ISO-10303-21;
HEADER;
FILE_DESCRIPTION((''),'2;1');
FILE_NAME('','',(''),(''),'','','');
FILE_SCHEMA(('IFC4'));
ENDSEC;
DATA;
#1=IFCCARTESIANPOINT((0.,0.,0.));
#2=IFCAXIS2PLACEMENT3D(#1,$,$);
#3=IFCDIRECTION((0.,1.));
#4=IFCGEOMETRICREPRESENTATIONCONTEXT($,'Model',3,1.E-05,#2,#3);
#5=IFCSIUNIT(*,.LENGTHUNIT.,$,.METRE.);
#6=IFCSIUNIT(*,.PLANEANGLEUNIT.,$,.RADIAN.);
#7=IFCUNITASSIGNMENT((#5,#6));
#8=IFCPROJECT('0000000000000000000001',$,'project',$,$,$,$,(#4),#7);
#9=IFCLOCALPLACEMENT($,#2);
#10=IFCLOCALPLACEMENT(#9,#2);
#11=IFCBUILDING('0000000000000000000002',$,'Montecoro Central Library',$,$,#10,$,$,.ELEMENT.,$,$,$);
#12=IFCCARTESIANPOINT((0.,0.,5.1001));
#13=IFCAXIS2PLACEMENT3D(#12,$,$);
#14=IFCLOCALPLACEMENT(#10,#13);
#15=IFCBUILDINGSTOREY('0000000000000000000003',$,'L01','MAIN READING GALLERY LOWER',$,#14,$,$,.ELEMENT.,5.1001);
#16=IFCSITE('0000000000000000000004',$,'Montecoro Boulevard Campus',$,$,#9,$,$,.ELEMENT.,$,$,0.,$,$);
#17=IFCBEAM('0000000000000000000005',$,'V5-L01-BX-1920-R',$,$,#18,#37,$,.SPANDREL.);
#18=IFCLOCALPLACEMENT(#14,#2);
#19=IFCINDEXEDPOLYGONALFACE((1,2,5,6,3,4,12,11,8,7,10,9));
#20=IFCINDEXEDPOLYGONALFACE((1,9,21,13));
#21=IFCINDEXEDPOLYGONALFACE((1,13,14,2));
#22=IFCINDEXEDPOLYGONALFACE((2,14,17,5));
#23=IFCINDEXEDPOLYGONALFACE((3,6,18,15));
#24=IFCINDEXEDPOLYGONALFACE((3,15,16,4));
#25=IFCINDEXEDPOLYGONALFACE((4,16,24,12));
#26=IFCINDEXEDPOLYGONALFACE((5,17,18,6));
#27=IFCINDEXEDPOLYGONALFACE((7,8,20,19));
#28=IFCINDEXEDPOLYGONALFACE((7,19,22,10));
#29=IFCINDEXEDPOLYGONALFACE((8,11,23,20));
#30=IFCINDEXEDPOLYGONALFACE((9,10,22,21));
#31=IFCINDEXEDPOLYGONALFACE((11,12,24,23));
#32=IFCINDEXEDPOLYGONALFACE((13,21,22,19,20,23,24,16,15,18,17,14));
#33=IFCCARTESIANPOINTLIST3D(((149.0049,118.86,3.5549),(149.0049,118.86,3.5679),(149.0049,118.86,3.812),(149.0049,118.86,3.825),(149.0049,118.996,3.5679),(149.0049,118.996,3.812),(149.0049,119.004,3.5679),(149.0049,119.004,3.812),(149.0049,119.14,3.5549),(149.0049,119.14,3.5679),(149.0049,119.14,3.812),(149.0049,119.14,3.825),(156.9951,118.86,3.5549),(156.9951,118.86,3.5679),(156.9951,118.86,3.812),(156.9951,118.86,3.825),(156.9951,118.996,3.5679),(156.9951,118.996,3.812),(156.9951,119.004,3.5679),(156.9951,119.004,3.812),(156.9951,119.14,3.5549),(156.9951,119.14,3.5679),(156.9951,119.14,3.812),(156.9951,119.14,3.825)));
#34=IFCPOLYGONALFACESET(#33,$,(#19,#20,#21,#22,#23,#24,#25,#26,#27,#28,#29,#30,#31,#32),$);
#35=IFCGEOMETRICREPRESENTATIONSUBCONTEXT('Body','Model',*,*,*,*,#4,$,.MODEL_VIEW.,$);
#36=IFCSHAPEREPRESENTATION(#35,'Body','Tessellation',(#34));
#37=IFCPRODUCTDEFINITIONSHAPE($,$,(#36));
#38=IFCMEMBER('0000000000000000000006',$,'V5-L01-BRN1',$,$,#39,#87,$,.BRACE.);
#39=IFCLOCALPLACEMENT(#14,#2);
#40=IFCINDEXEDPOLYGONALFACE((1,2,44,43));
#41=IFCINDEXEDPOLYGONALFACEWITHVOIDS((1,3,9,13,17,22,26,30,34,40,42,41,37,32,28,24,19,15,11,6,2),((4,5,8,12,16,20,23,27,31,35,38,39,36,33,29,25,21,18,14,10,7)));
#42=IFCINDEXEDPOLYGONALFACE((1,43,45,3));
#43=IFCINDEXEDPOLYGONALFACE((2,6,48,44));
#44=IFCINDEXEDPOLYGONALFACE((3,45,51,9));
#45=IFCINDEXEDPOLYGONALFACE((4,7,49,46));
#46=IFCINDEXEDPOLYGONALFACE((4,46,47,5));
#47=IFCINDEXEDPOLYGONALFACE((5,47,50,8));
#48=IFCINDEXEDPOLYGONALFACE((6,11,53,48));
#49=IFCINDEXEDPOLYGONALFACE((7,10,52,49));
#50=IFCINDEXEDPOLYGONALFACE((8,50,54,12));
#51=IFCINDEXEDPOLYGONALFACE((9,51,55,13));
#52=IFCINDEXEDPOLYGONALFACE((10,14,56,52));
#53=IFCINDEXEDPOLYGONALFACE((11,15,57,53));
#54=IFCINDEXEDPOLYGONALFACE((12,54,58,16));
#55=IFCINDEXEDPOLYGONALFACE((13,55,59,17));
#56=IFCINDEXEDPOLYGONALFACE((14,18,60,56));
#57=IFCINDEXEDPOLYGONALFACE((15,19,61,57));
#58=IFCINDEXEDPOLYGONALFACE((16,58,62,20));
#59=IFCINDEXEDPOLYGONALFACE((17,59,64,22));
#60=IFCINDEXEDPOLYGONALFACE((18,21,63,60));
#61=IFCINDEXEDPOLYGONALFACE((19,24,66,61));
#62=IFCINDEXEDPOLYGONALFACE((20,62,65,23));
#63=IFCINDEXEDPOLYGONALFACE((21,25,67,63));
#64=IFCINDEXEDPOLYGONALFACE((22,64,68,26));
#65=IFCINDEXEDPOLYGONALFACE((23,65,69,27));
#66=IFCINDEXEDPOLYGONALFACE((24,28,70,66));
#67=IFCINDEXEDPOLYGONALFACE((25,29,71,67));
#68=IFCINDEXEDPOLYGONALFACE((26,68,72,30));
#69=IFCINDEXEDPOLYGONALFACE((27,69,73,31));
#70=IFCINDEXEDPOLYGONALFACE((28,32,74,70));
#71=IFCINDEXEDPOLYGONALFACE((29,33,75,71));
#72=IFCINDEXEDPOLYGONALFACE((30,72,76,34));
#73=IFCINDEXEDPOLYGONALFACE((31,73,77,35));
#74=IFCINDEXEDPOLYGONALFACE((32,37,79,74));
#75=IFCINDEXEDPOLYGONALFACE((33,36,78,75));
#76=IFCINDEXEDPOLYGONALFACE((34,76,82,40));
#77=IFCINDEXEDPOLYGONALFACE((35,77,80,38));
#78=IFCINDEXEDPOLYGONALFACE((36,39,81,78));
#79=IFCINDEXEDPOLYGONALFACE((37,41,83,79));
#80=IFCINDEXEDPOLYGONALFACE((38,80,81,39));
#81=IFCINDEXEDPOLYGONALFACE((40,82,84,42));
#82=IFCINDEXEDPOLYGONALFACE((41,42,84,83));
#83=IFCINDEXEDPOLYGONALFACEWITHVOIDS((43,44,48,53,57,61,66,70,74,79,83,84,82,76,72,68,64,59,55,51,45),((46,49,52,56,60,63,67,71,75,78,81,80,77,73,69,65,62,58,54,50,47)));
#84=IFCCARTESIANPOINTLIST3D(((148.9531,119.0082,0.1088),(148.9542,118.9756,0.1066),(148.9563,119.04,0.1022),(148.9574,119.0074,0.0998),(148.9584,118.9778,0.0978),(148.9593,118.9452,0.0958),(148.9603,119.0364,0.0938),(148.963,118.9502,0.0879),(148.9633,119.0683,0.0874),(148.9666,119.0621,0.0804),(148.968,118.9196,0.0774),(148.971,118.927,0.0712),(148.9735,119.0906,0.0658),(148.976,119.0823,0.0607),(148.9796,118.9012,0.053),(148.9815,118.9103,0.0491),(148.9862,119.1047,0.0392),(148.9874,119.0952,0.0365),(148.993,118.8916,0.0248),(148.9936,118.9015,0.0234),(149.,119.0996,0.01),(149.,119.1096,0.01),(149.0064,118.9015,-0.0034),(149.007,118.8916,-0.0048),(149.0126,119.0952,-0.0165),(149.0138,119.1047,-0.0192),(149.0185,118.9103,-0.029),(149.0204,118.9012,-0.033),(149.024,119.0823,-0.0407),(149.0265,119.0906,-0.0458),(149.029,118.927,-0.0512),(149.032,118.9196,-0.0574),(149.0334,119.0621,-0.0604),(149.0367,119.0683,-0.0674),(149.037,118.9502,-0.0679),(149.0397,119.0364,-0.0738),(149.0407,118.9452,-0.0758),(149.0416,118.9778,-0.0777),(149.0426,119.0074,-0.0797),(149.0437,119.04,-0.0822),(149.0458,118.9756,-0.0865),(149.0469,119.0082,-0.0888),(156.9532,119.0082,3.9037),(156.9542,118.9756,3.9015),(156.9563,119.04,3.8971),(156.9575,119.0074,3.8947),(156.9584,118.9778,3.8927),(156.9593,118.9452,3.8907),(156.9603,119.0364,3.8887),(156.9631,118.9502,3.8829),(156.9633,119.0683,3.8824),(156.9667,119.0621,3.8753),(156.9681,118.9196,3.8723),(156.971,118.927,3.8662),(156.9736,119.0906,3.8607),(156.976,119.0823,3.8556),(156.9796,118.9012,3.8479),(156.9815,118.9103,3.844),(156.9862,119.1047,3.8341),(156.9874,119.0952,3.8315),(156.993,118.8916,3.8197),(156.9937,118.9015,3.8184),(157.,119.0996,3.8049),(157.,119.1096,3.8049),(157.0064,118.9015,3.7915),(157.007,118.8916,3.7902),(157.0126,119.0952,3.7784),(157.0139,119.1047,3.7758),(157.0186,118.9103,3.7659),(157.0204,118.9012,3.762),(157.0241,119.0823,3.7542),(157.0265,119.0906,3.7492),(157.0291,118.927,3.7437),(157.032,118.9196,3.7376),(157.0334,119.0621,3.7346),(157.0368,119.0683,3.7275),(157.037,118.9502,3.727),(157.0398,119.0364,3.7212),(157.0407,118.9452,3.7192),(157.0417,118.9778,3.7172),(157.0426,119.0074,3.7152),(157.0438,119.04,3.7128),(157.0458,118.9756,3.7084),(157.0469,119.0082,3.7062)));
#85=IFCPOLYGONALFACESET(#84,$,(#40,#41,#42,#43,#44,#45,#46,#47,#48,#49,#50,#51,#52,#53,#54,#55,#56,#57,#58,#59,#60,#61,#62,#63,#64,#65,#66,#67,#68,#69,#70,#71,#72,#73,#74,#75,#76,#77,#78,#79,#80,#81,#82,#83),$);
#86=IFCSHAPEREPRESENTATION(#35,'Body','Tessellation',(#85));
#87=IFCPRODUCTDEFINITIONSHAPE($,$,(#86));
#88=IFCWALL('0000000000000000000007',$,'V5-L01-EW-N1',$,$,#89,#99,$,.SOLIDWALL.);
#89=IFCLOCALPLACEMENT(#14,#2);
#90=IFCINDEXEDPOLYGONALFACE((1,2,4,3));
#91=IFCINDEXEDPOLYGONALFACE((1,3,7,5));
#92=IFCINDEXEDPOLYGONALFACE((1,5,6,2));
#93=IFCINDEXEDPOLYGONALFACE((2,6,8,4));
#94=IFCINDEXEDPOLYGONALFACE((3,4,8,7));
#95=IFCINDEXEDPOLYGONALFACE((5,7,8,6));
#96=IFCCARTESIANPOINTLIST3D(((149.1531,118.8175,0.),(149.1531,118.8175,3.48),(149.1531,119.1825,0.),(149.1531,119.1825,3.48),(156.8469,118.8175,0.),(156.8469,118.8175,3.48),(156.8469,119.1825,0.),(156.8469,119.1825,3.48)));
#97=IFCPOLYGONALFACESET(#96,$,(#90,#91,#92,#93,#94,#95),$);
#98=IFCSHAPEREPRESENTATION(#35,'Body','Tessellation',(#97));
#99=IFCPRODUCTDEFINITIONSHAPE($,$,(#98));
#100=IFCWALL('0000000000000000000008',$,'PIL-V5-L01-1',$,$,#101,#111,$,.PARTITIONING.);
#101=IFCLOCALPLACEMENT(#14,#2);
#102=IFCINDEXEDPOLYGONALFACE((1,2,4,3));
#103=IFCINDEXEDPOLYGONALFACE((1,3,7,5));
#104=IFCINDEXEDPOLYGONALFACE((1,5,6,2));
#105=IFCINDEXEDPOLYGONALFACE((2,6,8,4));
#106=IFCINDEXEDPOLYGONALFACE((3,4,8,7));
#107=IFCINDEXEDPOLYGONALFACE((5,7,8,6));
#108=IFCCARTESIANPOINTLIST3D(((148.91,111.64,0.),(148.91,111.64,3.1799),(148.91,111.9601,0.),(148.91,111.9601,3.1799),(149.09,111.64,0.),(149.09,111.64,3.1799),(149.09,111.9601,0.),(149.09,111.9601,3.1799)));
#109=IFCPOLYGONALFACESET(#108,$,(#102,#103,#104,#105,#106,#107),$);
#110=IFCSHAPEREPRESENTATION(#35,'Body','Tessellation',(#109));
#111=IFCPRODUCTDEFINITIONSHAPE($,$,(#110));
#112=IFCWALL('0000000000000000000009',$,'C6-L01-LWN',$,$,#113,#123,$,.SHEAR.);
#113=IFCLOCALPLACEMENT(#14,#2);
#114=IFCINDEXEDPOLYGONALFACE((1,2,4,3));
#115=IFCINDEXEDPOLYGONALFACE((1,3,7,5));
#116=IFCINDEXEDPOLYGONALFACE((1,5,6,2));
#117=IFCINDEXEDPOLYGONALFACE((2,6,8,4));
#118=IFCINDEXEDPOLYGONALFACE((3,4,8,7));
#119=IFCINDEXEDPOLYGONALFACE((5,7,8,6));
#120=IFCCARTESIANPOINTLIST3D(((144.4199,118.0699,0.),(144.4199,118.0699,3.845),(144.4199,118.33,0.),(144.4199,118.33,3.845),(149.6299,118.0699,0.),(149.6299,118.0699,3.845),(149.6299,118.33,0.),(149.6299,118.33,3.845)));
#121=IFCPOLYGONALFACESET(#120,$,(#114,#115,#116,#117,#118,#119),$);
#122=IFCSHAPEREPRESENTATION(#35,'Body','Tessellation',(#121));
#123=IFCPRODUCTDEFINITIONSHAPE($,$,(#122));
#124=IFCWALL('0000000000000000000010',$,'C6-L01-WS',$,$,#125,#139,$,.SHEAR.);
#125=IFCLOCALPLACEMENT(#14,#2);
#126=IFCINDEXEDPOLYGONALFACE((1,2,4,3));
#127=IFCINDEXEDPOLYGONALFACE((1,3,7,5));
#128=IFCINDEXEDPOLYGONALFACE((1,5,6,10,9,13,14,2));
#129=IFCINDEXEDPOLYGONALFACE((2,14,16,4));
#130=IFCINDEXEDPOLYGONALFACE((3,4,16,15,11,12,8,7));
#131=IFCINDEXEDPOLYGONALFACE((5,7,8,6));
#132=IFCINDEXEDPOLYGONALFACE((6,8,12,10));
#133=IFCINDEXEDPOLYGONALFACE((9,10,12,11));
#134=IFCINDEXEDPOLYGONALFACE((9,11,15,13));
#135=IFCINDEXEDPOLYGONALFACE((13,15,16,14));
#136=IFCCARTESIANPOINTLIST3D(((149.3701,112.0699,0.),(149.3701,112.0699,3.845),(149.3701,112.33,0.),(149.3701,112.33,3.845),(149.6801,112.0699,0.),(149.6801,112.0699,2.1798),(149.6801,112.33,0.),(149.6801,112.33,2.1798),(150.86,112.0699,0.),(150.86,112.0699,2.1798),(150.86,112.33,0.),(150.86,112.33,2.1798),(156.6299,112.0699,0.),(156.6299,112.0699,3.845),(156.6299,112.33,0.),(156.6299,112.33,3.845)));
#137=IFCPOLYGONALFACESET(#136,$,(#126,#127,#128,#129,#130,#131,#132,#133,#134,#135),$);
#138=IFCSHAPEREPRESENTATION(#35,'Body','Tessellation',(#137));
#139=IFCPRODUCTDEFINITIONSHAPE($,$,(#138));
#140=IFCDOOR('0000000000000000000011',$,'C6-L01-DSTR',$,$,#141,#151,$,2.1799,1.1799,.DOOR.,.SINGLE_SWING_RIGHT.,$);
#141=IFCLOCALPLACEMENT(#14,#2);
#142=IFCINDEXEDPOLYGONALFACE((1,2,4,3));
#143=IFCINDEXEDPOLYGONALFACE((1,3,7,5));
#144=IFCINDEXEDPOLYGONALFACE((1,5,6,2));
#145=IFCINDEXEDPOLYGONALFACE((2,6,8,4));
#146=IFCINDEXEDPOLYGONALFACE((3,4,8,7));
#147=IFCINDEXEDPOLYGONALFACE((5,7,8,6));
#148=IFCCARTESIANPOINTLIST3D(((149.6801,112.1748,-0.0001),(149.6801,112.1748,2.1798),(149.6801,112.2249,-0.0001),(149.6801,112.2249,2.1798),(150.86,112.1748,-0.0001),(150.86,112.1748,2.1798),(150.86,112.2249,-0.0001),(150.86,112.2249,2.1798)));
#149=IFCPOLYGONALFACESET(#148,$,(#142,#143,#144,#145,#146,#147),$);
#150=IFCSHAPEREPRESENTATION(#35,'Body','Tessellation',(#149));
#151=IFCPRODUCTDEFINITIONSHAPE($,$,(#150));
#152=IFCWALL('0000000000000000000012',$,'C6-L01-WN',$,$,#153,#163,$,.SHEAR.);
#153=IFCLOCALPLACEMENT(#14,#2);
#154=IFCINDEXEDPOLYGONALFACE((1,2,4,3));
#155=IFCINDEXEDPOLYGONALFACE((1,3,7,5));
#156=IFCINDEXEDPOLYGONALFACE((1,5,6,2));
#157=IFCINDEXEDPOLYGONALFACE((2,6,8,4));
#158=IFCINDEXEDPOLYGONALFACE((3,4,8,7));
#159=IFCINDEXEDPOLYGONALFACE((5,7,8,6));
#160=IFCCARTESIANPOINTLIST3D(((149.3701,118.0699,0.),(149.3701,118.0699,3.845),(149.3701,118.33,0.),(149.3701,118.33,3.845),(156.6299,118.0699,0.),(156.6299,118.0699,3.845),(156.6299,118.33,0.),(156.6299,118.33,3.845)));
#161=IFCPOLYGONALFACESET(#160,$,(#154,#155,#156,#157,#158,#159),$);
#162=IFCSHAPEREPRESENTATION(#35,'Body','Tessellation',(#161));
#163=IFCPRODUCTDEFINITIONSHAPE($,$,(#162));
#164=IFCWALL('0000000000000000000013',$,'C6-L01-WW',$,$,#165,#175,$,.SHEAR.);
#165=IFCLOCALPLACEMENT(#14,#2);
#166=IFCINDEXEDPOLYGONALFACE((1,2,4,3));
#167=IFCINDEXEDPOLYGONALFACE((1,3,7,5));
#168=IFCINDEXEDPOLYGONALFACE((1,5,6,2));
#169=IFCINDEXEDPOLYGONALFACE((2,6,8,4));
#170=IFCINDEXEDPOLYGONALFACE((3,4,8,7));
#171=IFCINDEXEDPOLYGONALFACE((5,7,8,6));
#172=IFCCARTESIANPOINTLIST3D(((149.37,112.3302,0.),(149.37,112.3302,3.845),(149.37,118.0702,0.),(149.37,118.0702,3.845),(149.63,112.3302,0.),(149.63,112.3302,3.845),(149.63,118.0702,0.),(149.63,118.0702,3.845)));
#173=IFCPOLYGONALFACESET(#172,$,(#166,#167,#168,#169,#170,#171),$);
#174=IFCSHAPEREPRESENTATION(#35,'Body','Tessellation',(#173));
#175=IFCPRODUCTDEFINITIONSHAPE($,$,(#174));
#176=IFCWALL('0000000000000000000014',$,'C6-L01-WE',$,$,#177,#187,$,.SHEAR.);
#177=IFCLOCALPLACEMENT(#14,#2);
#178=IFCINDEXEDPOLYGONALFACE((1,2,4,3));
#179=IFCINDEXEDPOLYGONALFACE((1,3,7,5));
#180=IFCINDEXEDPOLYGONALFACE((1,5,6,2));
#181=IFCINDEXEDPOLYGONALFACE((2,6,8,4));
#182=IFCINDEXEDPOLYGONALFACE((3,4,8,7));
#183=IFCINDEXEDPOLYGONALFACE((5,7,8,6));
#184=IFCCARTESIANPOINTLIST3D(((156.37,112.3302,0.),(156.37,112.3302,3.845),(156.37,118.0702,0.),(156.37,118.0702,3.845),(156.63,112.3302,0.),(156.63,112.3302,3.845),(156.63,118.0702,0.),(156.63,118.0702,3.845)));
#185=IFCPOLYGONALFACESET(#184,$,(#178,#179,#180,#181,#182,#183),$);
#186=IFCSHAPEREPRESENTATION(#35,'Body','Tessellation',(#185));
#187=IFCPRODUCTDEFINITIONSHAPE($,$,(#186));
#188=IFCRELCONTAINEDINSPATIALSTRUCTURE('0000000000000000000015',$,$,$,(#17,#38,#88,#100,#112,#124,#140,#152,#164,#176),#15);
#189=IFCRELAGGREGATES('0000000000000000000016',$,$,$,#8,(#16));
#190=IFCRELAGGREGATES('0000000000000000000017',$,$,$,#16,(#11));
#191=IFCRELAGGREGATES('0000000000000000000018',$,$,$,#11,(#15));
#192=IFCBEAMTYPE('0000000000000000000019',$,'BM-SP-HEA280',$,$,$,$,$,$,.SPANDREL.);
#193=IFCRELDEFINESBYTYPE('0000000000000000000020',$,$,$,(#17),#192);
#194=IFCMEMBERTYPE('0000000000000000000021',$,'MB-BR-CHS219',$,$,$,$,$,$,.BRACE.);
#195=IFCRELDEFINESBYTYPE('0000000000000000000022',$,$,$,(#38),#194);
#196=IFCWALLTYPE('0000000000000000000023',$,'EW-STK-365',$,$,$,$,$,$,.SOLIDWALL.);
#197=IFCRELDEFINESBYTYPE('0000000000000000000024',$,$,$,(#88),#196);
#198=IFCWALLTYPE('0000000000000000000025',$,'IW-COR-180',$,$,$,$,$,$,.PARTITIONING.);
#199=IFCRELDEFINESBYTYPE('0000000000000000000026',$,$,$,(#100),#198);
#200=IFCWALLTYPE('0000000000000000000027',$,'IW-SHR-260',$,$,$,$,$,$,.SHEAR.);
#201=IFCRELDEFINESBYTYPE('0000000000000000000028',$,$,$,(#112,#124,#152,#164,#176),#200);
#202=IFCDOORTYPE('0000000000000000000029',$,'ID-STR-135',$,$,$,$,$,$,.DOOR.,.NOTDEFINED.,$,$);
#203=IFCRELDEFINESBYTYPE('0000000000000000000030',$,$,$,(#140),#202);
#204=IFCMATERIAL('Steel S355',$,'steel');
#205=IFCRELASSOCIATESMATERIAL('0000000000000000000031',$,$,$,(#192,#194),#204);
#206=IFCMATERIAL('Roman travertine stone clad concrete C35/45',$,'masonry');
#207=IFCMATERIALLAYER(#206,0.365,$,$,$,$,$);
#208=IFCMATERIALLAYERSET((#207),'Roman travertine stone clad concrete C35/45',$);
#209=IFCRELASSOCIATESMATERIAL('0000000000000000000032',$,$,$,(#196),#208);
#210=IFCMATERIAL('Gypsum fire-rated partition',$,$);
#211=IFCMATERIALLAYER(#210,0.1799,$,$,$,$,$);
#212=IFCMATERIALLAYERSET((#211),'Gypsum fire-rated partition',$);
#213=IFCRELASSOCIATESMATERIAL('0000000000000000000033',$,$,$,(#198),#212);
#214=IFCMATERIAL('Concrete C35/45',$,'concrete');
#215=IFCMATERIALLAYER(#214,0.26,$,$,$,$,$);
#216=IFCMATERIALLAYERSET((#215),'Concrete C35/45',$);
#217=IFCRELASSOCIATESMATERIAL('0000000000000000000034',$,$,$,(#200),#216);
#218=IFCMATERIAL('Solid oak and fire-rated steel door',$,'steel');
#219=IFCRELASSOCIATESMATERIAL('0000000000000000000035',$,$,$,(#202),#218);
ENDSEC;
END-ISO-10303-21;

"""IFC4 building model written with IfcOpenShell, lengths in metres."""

from ifc_helpers import new_model, si_unit, direction, frame, frame_2d, origin, origin_2d, place, context, subcontext, project, spatial, rectangle, hollow_circle, i_section, extrude, material, layer, layer_set, material_profile, profile_set, type_object, element, fill, save


model = new_model("IFC4")

# Units and contexts
model_context = context("Model", 3, precision=1e-05, world=origin(), true_north=direction((0.0, 1.0)))
body_context = subcontext(model_context, "Body", "Model", "MODEL_VIEW")
ifc_project = project(units=[si_unit("LENGTHUNIT", "METRE"), si_unit("PLANEANGLEUNIT", "RADIAN")], contexts=[model_context])

# Site, building, storey
site_placement = place(None, origin())
site = spatial("IfcSite", under=ifc_project, at=site_placement, Name="Montecoro Boulevard Campus", CompositionType="ELEMENT", RefElevation=0.0)
building_placement = place(site_placement, origin())
building = spatial("IfcBuilding", under=site, at=building_placement, Name="Montecoro Central Library", CompositionType="ELEMENT")
storey_placement = place(building_placement, frame((0.0, 0.0, 5.1001)))
storey = spatial("IfcBuildingStorey", under=building, at=storey_placement, Name="L01", Description="MAIN READING GALLERY LOWER", CompositionType="ELEMENT", Elevation=5.1001)

# Shared definitions
ifc_material_1 = material(Name="Steel S355", Category="steel")

# Beam
ifc_material_2 = material(Name="Concrete C35/45", Category="concrete")
ifc_material_profile_1 = material_profile(ifc_material_1, i_section(OverallWidth=0.28, OverallDepth=0.27, WebThickness=0.0081, FlangeThickness=0.0129, at=origin_2d()), Name="HEA 280")
ifc_profile_set_1 = profile_set([ifc_material_profile_1], Name="Steel S355")
beam_type_1 = type_object("IfcBeamType", Name="BM-SP-HEA280", PredefinedType="SPANDREL", material=ifc_profile_set_1)
beam_1_placement = place(storey_placement, frame((149.0049, 119.0, 3.6899), z_axis=(1.0, 0.0, 0.0), x_axis=(0.0, 1.0, 0.0)))
element("IfcBeam", 1, at=beam_1_placement, inside=storey, type_object=beam_type_1, Name="V5-L01-BX-1920-R", PredefinedType="SPANDREL", context=body_context, shape_type="SweptSolid", body=[
    extrude(i_section(OverallWidth=0.28, OverallDepth=0.27, WebThickness=0.0081, FlangeThickness=0.0129, at=origin_2d()), origin(), (0.0, 0.0, 1.0), 7.9902),
])

# Member
ifc_material_profile_2 = material_profile(ifc_material_1, hollow_circle(Radius=0.1096, WallThickness=0.01, at=origin_2d()), Name="CHS 219.1x10.0")
ifc_profile_set_2 = profile_set([ifc_material_profile_2], Name="Steel S355")
member_type = type_object("IfcMemberType", Name="MB-BR-CHS219", PredefinedType="BRACE", material=ifc_profile_set_2)
member_placement = place(storey_placement, frame((149.0, 119.0, 0.01), z_axis=(0.9035, 0.0, 0.428589), x_axis=(0.0, 1.0, 0.0)))
element("IfcMember", 2, at=member_placement, inside=storey, type_object=member_type, Name="V5-L01-BRN1", PredefinedType="BRACE", context=body_context, shape_type="SweptSolid", body=[
    extrude(hollow_circle(Radius=0.1096, WallThickness=0.01, at=origin_2d()), origin(), (0.0, 0.0, 1.0), 8.8545),
])

# Walls
ifc_material_3 = material(Name="Roman travertine stone clad concrete C35/45", Category="masonry")
ifc_layer_1 = layer(ifc_material_3, 0.365)
ifc_layer_set_1 = layer_set([ifc_layer_1], Name="Roman travertine stone clad concrete C35/45")
wall_type_1 = type_object("IfcWallType", Name="EW-STK-365", PredefinedType="SOLIDWALL", material=ifc_layer_set_1)
wall_1_placement = place(storey_placement, frame((156.8469, 119.0, 0.0), z_axis=(0.0, 0.0, 1.0), x_axis=(-1.0, 0.0, 0.0)))
element("IfcWall", 3, at=wall_1_placement, inside=storey, type_object=wall_type_1, Name="V5-L01-EW-N1", PredefinedType="SOLIDWALL", context=body_context, shape_type="SweptSolid", body=[
    extrude(rectangle(XDim=7.6938, YDim=0.365, at=frame_2d((3.8469, 0.0))), origin(), (0.0, 0.0, 1.0), 3.48),
])
ifc_material_4 = material(Name="Gypsum fire-rated partition")
ifc_layer_2 = layer(ifc_material_4, 0.1799)
ifc_layer_set_2 = layer_set([ifc_layer_2], Name="Gypsum fire-rated partition")
wall_type_2 = type_object("IfcWallType", Name="IW-COR-180", PredefinedType="PARTITIONING", material=ifc_layer_set_2)
wall_2_placement = place(storey_placement, frame((149.0, 111.6399, 0.0), z_axis=(0.0, 0.0, 1.0), x_axis=(0.0, 1.0, 0.0)))
element("IfcWall", 4, at=wall_2_placement, inside=storey, type_object=wall_type_2, Name="PIL-V5-L01-1", PredefinedType="PARTITIONING", context=body_context, shape_type="SweptSolid", body=[
    extrude(rectangle(XDim=0.3201, YDim=0.1799, at=frame_2d((0.1602, 0.0))), origin(), (0.0, 0.0, 1.0), 3.1799),
])
ifc_layer_3 = layer(ifc_material_2, 0.26)
ifc_layer_set_3 = layer_set([ifc_layer_3], Name="Concrete C35/45")
wall_type_3 = type_object("IfcWallType", Name="IW-SHR-260", PredefinedType="SHEAR", material=ifc_layer_set_3)
wall_3_placement = place(storey_placement, frame((149.6299, 118.2, 0.0), z_axis=(0.0, 0.0, 1.0), x_axis=(-1.0, 0.0, 0.0)))
element("IfcWall", 5, at=wall_3_placement, inside=storey, type_object=wall_type_3, Name="C6-L01-LWN", PredefinedType="SHEAR", context=body_context, shape_type="SweptSolid", body=[
    extrude(rectangle(XDim=5.21, YDim=0.26, at=frame_2d((2.605, 0.0))), origin(), (0.0, 0.0, 1.0), 3.845),
])

# Wall, opening, door
wall_4_placement = place(storey_placement, frame((149.3701, 112.2, 0.0), z_axis=(0.0, 0.0, 1.0), x_axis=(1.0, 0.0, 0.0)))
wall_4 = element("IfcWall", 6, at=wall_4_placement, inside=storey, type_object=wall_type_3, Name="C6-L01-WS", PredefinedType="SHEAR", context=body_context, shape_type="SweptSolid", body=[
    extrude(rectangle(XDim=7.2598, YDim=0.26, at=frame_2d((3.6299, 0.0))), origin(), (0.0, 0.0, 1.0), 3.845),
])
opening_placement = place(wall_4_placement, frame((0.3101, 0.0, 0.0)))
opening = element("IfcOpeningElement", 7, at=opening_placement, cuts=wall_4, PredefinedType="OPENING", context=body_context, shape_type="SweptSolid", body=[
    extrude(rectangle(XDim=1.1799, YDim=2.1799, at=frame_2d((0.5898, 1.0898))), frame((0.0, 0.1399, 0.0), z_axis=(0.0, -1.0, 0.0), x_axis=(1.0, 0.0, 0.0)), (0.0, 0.0, 1.0), 0.28),
])
ifc_material_5 = material(Name="Solid oak and fire-rated steel door", Category="steel")
door_type = type_object("IfcDoorType", Name="ID-STR-135", OperationType="NOTDEFINED", PredefinedType="DOOR", material=ifc_material_5)
door_placement = place(opening_placement, origin())
door = element("IfcDoor", 8, at=door_placement, inside=storey, type_object=door_type, Name="C6-L01-DSTR", OperationType="SINGLE_SWING_RIGHT", OverallHeight=2.1799, OverallWidth=1.1799, PredefinedType="DOOR", context=body_context, shape_type="SweptSolid", body=[
    extrude(rectangle(XDim=1.1799, YDim=2.1799, at=frame_2d((0.5898, 1.0898))), frame((0.0, 0.0249, 0.0), z_axis=(0.0, -1.0, 0.0), x_axis=(1.0, 0.0, 0.0)), (0.0, 0.0, 1.0), 0.05),
])
fill(opening, door)

# Walls
wall_5_placement = place(storey_placement, frame((149.3701, 118.2, 0.0), z_axis=(0.0, 0.0, 1.0), x_axis=(1.0, 0.0, 0.0)))
element("IfcWall", 9, at=wall_5_placement, inside=storey, type_object=wall_type_3, Name="C6-L01-WN", PredefinedType="SHEAR", context=body_context, shape_type="SweptSolid", body=[
    extrude(rectangle(XDim=7.2598, YDim=0.26, at=frame_2d((3.6299, 0.0))), origin(), (0.0, 0.0, 1.0), 3.845),
])
for number, where, z_axis, x_axis, name in (
    (10, (149.5, 112.3301, 0.0), (0.0, 0.0, 1.0), (0.0, 1.0, 0.0), "C6-L01-WW"),
    (11, (156.5, 112.3301, 0.0), (0.0, 0.0, 1.0), (0.0, 1.0, 0.0), "C6-L01-WE"),
):
    element("IfcWall", number, at=place(storey_placement, frame(where, z_axis=z_axis, x_axis=x_axis)), inside=storey, type_object=wall_type_3, Name=name, PredefinedType="SHEAR", context=body_context, shape_type="SweptSolid", body=[
        extrude(rectangle(XDim=5.74, YDim=0.26, at=frame_2d((2.8701, 0.0))), origin(), (0.0, 0.0, 1.0), 3.845),
    ])

save(model, "model.ifc")
